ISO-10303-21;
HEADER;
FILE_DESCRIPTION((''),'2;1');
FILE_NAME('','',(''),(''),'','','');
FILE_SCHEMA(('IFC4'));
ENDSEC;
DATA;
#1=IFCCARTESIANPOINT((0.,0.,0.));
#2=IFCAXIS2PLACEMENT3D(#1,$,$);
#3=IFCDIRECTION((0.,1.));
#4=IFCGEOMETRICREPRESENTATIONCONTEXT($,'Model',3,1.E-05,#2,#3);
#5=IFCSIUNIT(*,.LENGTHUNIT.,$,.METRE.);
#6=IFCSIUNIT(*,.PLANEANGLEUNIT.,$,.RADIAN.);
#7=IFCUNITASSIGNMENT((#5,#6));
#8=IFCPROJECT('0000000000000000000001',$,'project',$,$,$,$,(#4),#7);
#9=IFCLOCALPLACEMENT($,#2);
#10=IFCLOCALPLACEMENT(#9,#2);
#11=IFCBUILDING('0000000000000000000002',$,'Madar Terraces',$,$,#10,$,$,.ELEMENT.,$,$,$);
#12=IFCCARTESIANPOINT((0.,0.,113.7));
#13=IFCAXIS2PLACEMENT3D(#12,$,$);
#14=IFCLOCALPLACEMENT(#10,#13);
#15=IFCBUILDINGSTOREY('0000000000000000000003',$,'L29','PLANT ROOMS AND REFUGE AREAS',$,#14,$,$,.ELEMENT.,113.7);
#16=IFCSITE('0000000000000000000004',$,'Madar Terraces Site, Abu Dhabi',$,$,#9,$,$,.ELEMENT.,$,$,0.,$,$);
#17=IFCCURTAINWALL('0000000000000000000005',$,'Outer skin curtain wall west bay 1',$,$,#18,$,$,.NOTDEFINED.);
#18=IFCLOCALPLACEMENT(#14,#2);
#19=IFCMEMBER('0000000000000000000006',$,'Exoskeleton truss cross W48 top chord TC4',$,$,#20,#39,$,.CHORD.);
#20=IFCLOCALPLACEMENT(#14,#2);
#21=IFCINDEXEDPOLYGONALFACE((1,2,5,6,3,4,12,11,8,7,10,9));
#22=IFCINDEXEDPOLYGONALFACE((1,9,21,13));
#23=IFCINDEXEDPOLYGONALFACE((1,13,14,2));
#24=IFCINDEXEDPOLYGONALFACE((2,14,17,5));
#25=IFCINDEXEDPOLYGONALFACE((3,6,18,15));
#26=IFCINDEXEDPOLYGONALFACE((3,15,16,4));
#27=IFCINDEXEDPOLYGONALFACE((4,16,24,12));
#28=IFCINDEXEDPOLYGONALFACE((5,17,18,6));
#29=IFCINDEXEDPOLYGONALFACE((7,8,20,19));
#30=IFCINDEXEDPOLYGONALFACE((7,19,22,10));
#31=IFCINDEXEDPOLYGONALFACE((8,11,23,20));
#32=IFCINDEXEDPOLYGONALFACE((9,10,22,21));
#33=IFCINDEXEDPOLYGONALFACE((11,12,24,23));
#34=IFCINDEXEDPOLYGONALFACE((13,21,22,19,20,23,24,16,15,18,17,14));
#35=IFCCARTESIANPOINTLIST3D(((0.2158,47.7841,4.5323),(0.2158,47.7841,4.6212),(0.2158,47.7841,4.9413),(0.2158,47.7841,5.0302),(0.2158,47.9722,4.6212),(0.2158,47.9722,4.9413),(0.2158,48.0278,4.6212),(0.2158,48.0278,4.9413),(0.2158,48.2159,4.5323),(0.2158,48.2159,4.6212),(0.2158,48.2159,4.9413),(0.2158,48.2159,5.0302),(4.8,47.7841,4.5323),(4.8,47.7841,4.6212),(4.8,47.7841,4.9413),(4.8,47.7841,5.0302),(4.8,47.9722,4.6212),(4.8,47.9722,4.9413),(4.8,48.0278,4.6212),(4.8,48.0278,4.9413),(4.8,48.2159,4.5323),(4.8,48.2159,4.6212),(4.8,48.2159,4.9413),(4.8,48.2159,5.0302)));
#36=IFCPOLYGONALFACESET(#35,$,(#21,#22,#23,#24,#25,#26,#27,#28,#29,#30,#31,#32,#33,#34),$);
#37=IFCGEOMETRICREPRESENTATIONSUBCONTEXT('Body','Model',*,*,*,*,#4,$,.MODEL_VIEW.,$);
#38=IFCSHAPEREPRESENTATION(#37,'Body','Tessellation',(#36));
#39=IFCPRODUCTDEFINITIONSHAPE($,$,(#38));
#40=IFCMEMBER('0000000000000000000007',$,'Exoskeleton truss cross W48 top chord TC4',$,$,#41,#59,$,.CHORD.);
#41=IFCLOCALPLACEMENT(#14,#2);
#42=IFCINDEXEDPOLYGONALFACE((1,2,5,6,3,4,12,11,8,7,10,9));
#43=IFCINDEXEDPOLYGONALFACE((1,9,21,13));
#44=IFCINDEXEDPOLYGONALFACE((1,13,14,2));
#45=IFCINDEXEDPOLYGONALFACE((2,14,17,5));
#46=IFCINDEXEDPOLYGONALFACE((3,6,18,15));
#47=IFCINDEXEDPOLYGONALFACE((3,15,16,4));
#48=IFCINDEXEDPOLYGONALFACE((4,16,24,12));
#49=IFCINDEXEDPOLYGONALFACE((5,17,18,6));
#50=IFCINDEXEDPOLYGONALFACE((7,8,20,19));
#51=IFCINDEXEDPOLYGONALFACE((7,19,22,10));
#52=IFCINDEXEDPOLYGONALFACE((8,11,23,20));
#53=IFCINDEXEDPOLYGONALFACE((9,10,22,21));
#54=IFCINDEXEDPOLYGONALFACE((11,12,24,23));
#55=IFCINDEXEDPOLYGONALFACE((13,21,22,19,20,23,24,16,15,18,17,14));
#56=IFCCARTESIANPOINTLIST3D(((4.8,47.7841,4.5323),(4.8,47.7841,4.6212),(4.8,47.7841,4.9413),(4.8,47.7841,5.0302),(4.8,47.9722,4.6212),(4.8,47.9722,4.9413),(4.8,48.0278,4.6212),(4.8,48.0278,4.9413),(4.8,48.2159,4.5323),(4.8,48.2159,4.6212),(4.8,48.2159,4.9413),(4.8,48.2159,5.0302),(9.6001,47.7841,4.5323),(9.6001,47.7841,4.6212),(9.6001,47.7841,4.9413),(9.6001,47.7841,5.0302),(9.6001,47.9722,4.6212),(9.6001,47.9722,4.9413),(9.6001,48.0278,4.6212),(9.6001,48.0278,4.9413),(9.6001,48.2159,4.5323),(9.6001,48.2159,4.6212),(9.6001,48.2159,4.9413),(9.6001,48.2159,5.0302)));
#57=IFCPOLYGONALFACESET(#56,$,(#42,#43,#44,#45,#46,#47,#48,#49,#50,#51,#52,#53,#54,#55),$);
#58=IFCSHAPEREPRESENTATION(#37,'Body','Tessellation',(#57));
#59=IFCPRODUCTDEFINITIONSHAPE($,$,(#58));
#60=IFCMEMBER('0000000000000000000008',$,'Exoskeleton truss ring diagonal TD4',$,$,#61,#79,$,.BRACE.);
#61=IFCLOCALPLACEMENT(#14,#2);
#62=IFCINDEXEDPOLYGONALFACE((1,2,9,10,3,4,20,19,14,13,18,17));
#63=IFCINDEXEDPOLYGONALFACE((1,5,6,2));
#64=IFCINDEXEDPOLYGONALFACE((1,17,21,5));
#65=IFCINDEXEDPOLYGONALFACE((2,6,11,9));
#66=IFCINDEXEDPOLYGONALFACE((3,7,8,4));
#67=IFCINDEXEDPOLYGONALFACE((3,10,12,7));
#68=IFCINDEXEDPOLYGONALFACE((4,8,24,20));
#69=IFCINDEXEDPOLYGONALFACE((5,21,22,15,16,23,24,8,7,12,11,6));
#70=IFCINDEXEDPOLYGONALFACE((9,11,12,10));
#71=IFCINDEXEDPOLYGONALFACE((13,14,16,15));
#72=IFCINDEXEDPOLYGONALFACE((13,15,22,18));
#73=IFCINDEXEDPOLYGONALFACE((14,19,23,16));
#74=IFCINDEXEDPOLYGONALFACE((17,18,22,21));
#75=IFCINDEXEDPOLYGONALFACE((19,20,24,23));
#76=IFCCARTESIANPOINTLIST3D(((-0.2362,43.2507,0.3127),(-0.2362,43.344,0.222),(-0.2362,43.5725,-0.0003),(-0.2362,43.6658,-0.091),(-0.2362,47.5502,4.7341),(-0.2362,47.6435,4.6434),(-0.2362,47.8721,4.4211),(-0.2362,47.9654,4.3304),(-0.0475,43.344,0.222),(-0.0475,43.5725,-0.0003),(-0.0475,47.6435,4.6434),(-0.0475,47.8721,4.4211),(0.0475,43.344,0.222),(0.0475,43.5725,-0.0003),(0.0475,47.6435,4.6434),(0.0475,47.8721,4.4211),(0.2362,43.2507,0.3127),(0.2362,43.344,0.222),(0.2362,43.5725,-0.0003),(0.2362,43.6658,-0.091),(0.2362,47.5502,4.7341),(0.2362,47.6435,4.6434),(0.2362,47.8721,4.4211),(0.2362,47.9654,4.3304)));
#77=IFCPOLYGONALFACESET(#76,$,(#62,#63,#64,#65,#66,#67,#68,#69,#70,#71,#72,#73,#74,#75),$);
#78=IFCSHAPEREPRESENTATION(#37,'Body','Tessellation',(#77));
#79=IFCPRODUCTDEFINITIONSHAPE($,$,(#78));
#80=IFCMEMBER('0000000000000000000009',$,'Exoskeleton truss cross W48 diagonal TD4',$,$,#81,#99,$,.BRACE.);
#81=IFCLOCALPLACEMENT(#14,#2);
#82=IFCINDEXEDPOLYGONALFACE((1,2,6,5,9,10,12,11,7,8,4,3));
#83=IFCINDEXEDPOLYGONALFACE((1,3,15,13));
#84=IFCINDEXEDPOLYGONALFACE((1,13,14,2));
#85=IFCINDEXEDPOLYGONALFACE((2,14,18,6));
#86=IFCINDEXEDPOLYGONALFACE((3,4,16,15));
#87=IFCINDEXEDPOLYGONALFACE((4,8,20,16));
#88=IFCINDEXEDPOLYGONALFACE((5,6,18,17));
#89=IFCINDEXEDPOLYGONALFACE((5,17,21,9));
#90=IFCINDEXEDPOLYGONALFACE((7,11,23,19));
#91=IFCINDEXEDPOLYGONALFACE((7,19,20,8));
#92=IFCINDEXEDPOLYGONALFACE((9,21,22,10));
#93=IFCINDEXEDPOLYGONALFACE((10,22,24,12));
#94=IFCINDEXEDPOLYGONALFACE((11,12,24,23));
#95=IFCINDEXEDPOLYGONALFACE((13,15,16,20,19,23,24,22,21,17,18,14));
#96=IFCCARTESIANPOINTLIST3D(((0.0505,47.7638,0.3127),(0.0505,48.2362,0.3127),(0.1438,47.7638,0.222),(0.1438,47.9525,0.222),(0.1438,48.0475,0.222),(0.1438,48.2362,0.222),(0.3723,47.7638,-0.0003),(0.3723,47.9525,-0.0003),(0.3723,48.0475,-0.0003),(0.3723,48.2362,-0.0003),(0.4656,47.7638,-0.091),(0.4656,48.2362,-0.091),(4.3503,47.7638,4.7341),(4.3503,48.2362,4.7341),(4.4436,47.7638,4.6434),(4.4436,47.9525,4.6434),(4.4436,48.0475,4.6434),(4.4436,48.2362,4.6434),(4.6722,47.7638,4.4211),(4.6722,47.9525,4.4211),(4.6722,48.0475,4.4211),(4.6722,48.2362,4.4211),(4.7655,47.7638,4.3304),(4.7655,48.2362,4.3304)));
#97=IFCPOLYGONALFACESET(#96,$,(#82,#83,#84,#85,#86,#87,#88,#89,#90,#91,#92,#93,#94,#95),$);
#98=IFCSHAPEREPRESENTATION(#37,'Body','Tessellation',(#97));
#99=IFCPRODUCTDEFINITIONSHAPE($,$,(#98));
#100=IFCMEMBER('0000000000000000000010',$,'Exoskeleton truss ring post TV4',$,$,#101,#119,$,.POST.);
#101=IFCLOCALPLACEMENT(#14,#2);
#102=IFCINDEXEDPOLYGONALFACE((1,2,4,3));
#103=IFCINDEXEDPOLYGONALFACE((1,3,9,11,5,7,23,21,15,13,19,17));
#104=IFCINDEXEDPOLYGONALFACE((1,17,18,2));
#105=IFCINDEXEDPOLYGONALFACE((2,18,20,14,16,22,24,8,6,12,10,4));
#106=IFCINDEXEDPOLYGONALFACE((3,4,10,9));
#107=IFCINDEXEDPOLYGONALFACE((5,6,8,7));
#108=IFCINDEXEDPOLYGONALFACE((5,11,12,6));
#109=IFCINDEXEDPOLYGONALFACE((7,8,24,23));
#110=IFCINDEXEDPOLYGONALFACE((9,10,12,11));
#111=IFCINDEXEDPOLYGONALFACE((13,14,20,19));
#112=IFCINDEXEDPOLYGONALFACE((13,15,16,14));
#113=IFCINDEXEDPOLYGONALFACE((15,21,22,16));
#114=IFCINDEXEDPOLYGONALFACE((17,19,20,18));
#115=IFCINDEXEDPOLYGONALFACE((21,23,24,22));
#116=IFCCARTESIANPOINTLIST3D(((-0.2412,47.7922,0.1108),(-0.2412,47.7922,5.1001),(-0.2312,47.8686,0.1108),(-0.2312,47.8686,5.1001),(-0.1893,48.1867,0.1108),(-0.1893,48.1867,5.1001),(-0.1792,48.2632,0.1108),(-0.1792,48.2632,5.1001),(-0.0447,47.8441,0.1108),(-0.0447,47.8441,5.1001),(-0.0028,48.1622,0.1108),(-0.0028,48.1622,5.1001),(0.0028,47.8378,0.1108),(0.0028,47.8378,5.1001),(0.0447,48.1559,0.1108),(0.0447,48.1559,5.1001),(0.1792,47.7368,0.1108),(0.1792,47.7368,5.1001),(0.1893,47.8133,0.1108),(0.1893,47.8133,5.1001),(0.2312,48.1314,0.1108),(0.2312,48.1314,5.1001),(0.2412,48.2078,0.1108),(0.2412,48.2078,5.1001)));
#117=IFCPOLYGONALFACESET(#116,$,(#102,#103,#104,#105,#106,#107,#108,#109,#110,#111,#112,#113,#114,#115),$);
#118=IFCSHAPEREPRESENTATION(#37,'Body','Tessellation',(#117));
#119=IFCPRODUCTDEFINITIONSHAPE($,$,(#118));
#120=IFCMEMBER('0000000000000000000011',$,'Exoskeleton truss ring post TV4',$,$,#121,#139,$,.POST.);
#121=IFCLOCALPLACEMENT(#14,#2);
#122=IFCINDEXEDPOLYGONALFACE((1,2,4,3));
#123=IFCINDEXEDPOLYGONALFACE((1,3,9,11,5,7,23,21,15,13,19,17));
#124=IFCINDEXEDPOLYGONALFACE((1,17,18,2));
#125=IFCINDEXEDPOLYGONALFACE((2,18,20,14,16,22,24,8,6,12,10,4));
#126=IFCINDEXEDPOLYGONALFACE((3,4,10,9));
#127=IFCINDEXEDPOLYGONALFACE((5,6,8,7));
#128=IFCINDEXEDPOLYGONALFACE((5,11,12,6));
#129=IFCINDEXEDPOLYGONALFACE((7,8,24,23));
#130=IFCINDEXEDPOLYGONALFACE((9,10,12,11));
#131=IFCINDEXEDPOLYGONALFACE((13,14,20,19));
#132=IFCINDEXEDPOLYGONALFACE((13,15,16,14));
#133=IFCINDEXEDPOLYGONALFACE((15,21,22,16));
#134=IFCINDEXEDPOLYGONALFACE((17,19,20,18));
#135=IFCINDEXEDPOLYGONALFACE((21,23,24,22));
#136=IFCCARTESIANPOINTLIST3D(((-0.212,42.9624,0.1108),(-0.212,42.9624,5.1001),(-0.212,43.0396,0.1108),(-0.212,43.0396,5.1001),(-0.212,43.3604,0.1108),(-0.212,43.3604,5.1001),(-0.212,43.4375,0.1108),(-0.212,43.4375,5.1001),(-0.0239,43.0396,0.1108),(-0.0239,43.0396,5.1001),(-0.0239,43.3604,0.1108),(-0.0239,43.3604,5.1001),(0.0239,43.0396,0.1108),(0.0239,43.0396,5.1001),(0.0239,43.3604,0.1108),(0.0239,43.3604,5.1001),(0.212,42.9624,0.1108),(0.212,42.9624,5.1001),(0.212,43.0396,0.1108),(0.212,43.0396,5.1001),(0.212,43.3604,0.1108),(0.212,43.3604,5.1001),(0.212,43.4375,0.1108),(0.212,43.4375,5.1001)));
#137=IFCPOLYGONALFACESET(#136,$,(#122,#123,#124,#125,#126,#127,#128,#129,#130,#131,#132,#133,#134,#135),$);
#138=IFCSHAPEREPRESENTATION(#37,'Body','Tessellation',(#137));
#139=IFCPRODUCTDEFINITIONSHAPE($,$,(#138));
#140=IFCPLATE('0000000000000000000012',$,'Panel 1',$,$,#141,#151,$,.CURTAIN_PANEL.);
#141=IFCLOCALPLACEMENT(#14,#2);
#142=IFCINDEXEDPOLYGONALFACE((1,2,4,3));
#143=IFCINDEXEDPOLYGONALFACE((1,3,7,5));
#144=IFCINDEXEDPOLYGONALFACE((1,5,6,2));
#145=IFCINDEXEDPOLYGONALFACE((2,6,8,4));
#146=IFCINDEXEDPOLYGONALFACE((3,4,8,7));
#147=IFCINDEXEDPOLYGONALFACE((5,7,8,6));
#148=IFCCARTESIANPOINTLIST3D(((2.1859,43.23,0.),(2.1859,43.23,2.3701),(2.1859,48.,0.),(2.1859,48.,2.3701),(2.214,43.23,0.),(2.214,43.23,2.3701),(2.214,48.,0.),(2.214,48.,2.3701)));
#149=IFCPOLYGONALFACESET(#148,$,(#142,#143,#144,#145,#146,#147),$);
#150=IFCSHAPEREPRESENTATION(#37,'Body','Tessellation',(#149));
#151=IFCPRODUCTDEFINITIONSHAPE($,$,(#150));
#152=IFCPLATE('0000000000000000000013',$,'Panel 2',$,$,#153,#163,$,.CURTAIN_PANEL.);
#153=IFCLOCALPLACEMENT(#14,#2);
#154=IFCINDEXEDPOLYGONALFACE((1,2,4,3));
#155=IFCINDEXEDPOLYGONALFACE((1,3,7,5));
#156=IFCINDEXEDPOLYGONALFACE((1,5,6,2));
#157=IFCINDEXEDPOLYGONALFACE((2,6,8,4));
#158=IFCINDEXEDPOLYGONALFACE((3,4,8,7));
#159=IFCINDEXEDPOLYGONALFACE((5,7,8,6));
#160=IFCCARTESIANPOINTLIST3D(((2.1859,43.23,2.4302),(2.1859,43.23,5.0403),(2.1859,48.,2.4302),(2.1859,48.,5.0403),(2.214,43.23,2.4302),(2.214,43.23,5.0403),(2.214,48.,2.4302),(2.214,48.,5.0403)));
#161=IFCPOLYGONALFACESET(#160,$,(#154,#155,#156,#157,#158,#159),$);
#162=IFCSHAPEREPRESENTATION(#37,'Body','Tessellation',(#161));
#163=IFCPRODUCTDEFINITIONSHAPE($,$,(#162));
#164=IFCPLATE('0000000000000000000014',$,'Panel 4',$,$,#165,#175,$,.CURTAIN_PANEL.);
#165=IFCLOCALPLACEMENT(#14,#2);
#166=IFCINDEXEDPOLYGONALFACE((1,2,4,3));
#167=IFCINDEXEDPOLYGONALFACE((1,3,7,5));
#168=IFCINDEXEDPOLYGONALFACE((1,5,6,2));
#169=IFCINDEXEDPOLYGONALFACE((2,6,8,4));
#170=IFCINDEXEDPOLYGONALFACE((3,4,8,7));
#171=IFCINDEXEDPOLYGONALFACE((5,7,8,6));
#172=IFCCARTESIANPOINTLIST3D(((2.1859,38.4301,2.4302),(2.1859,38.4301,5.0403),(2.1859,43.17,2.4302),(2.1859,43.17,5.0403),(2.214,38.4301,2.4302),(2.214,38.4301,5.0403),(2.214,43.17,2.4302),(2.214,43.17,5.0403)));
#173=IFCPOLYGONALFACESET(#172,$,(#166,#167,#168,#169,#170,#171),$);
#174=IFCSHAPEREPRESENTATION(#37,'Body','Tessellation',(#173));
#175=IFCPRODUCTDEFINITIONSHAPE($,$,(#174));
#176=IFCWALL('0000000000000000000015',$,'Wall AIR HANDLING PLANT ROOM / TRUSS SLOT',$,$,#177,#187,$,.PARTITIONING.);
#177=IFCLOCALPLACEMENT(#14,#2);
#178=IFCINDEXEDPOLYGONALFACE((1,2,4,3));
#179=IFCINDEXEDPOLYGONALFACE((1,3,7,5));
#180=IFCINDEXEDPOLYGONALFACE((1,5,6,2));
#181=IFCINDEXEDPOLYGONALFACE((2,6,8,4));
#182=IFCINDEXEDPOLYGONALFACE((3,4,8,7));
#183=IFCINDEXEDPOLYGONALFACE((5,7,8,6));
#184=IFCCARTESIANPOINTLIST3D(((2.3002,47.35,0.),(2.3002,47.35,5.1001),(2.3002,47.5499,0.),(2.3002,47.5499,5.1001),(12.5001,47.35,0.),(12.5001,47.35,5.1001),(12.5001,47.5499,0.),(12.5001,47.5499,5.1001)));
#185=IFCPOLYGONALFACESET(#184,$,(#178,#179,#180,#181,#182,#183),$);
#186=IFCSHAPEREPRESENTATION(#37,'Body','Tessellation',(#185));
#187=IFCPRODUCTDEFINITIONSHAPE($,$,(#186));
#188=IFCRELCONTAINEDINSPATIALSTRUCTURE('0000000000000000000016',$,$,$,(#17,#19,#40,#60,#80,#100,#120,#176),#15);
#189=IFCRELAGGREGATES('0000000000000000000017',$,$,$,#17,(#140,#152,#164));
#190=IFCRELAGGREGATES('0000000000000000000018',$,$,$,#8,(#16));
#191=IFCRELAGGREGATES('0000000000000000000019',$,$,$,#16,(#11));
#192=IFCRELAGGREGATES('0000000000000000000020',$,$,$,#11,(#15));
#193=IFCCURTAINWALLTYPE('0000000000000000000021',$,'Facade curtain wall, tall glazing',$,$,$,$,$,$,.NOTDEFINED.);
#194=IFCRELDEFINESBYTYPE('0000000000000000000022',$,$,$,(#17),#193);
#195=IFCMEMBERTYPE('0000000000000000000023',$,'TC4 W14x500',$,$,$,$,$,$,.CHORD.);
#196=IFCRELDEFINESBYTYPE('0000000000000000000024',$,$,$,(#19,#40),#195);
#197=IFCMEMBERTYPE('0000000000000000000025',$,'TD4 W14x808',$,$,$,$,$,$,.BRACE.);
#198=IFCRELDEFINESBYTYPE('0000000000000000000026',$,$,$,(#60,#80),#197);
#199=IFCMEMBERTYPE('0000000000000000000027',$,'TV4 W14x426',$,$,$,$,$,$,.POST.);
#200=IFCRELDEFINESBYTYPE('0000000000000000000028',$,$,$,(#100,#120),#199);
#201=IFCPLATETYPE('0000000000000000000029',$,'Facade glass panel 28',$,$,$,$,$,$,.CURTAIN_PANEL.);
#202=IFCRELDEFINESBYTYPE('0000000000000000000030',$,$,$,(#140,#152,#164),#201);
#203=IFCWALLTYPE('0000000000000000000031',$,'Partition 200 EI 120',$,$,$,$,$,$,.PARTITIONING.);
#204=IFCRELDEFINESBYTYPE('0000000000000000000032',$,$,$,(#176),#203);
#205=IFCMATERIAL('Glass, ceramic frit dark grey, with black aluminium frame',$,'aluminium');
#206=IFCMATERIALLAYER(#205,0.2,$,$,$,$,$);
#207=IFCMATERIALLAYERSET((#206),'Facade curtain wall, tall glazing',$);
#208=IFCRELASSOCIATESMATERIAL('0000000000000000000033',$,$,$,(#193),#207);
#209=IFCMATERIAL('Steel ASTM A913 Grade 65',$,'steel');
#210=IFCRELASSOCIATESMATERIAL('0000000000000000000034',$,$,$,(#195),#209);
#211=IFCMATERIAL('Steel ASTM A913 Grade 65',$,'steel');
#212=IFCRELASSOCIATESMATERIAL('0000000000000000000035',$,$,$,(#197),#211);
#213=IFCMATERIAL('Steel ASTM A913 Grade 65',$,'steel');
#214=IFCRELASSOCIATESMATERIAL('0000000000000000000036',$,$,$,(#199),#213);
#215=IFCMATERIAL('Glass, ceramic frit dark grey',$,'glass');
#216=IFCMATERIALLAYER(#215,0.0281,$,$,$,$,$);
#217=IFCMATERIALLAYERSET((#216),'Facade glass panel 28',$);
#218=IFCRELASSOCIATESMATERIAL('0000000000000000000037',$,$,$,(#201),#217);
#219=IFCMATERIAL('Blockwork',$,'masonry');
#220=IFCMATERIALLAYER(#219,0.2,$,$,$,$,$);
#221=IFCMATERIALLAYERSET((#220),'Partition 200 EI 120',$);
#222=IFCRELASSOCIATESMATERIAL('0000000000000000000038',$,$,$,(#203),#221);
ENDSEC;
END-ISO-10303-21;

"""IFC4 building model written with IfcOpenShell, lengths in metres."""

from ifc_helpers import new_model, si_unit, direction, frame, frame_2d, origin, origin_2d, place, context, subcontext, project, spatial, rectangle, i_section, extrude, material, layer, layer_set, material_profile, profile_set, type_object, element, aggregate, save


model = new_model("IFC4")

# Units and contexts
model_context = context("Model", 3, precision=1e-05, world=origin(), true_north=direction((0.0, 1.0)))
body_context = subcontext(model_context, "Body", "Model", "MODEL_VIEW")
ifc_project = project(units=[si_unit("LENGTHUNIT", "METRE"), si_unit("PLANEANGLEUNIT", "RADIAN")], contexts=[model_context])

# Site, building, storey
site_placement = place(None, origin())
site = spatial("IfcSite", under=ifc_project, at=site_placement, Name="Madar Terraces Site, Abu Dhabi", CompositionType="ELEMENT", RefElevation=0.0)
building_placement = place(site_placement, origin())
building = spatial("IfcBuilding", under=site, at=building_placement, Name="Madar Terraces", CompositionType="ELEMENT")
storey_placement = place(building_placement, frame((0.0, 0.0, 113.7)))
storey = spatial("IfcBuildingStorey", under=building, at=storey_placement, Name="L29", Description="PLANT ROOMS AND REFUGE AREAS", CompositionType="ELEMENT", Elevation=113.7)

# Curtain wall
ifc_material_1 = material(Name="Glass, ceramic frit dark grey, with black aluminium frame", Category="aluminium")
ifc_layer_1 = layer(ifc_material_1, 0.2)
ifc_layer_set_1 = layer_set([ifc_layer_1], Name="Facade curtain wall, tall glazing")
curtain_wall_type = type_object("IfcCurtainWallType", Name="Facade curtain wall, tall glazing", PredefinedType="NOTDEFINED", material=ifc_layer_set_1)
curtain_wall_placement = place(storey_placement, origin())
curtain_wall = element("IfcCurtainWall", 1, at=curtain_wall_placement, inside=storey, type_object=curtain_wall_type, Name="Outer skin curtain wall west bay 1", PredefinedType="NOTDEFINED")

# Members
ifc_material_2 = material(Name="Steel ASTM A913 Grade 65", Category="steel")
ifc_material_profile_1 = material_profile(ifc_material_2, i_section(OverallWidth=0.4319, OverallDepth=0.4978, WebThickness=0.0557, FlangeThickness=0.0889, at=origin_2d()), Name="W14x500")
ifc_profile_set_1 = profile_set([ifc_material_profile_1], Name="Steel ASTM A913 Grade 65")
member_type_1 = type_object("IfcMemberType", Name="TC4 W14x500", PredefinedType="CHORD", material=ifc_profile_set_1)
member_1_placement = place(storey_placement, frame((0.2158, 48.0, 4.7812), z_axis=(1.0, 0.0, 0.0), x_axis=(0.0, 1.0, 0.0)))
element("IfcMember", 2, at=member_1_placement, inside=storey, type_object=member_type_1, Name="Exoskeleton truss cross W48 top chord TC4", PredefinedType="CHORD", context=body_context, shape_type="SweptSolid", body=[
    extrude(i_section(OverallWidth=0.4319, OverallDepth=0.4978, WebThickness=0.0557, FlangeThickness=0.0889, at=origin_2d()), origin(), (0.0, 0.0, 1.0), 4.5842),
])
member_2_placement = place(storey_placement, frame((4.8, 48.0, 4.7812), z_axis=(1.0, 0.0, 0.0), x_axis=(0.0, 1.0, 0.0)))
element("IfcMember", 3, at=member_2_placement, inside=storey, type_object=member_type_1, Name="Exoskeleton truss cross W48 top chord TC4", PredefinedType="CHORD", context=body_context, shape_type="SweptSolid", body=[
    extrude(i_section(OverallWidth=0.4319, OverallDepth=0.4978, WebThickness=0.0557, FlangeThickness=0.0889, at=origin_2d()), origin(), (0.0, 0.0, 1.0), 4.8),
])
ifc_material_3 = material(Name="Steel ASTM A913 Grade 65", Category="steel")
ifc_material_profile_2 = material_profile(ifc_material_3, i_section(OverallWidth=0.4724, OverallDepth=0.5791, WebThickness=0.095, FlangeThickness=0.1301, at=origin_2d()), Name="W14x808")
ifc_profile_set_2 = profile_set([ifc_material_profile_2], Name="Steel ASTM A913 Grade 65")
member_type_2 = type_object("IfcMemberType", Name="TD4 W14x808", PredefinedType="BRACE", material=ifc_profile_set_2)
member_3_placement = place(storey_placement, frame((0.0, 47.7578, 4.5322), z_axis=(0.0, -0.697161, -0.716915), x_axis=(1.0, 0.0, 0.0)))
element("IfcMember", 4, at=member_3_placement, inside=storey, type_object=member_type_2, Name="Exoskeleton truss ring diagonal TD4", PredefinedType="BRACE", context=body_context, shape_type="SweptSolid", body=[
    extrude(i_section(OverallWidth=0.4724, OverallDepth=0.5791, WebThickness=0.095, FlangeThickness=0.1301, at=origin_2d()), origin(), (0.0, 0.0, 1.0), 6.1672),
])
member_4_placement = place(storey_placement, frame((0.2581, 48.0, 0.1108), z_axis=(0.697181, 0.0, 0.716895), x_axis=(0.0, 1.0, 0.0)))
element("IfcMember", 5, at=member_4_placement, inside=storey, type_object=member_type_2, Name="Exoskeleton truss cross W48 diagonal TD4", PredefinedType="BRACE", context=body_context, shape_type="SweptSolid", body=[
    extrude(i_section(OverallWidth=0.4724, OverallDepth=0.5791, WebThickness=0.095, FlangeThickness=0.1301, at=origin_2d()), origin(), (0.0, 0.0, 1.0), 6.1675),
])
ifc_material_4 = material(Name="Steel ASTM A913 Grade 65", Category="steel")
ifc_material_profile_3 = material_profile(ifc_material_4, i_section(OverallWidth=0.4241, OverallDepth=0.4751, WebThickness=0.0479, FlangeThickness=0.0771, at=origin_2d()), Name="W14x426")
ifc_profile_set_3 = profile_set([ifc_material_profile_3], Name="Steel ASTM A913 Grade 65")
member_type_3 = type_object("IfcMemberType", Name="TV4 W14x426", PredefinedType="POST", material=ifc_profile_set_3)
for number, where, z_axis, x_axis, name in (
    (6, (0.0, 48.0, 0.1108), (0.0, 0.0, 1.0), (0.991445, -0.130526, 0.0), "Exoskeleton truss ring post TV4"),
    (7, (0.0, 43.2, 0.1108), (0.0, 0.0, 1.0), (1.0, 0.0, 0.0), "Exoskeleton truss ring post TV4"),
):
    element("IfcMember", number, at=place(storey_placement, frame(where, z_axis=z_axis, x_axis=x_axis)), inside=storey, type_object=member_type_3, Name=name, PredefinedType="POST", context=body_context, shape_type="SweptSolid", body=[
        extrude(i_section(OverallWidth=0.4241, OverallDepth=0.4751, WebThickness=0.0479, FlangeThickness=0.0771, at=origin_2d()), origin(), (0.0, 0.0, 1.0), 4.9893),
    ])

# Plates
ifc_material_5 = material(Name="Glass, ceramic frit dark grey", Category="glass")
ifc_layer_2 = layer(ifc_material_5, 0.0281)
ifc_layer_set_2 = layer_set([ifc_layer_2], Name="Facade glass panel 28")
plate_type = type_object("IfcPlateType", Name="Facade glass panel 28", PredefinedType="CURTAIN_PANEL", material=ifc_layer_set_2)
plate_1_placement = place(storey_placement, frame((2.2, 45.615, 0.0), z_axis=(0.0, 0.0, 1.0), x_axis=(0.0, -1.0, 0.0)))
plate_1 = element("IfcPlate", 8, at=plate_1_placement, type_object=plate_type, Name="Panel 1", PredefinedType="CURTAIN_PANEL", context=body_context, shape_type="SweptSolid", body=[
    extrude(rectangle(XDim=4.77, YDim=0.0281, at=origin_2d()), origin(), (0.0, 0.0, 1.0), 2.3701),
])
plate_2_placement = place(storey_placement, frame((2.2, 45.615, 2.4302), z_axis=(0.0, 0.0, 1.0), x_axis=(0.0, -1.0, 0.0)))
plate_2 = element("IfcPlate", 9, at=plate_2_placement, type_object=plate_type, Name="Panel 2", PredefinedType="CURTAIN_PANEL", context=body_context, shape_type="SweptSolid", body=[
    extrude(rectangle(XDim=4.77, YDim=0.0281, at=origin_2d()), origin(), (0.0, 0.0, 1.0), 2.6101),
])
plate_3_placement = place(storey_placement, frame((2.2, 40.8, 2.4302), z_axis=(0.0, 0.0, 1.0), x_axis=(0.0, -1.0, 0.0)))
plate_3 = element("IfcPlate", 10, at=plate_3_placement, type_object=plate_type, Name="Panel 4", PredefinedType="CURTAIN_PANEL", context=body_context, shape_type="SweptSolid", body=[
    extrude(rectangle(XDim=4.74, YDim=0.0281, at=origin_2d()), origin(), (0.0, 0.0, 1.0), 2.6101),
])
aggregate(curtain_wall, [plate_1, plate_2, plate_3])

# Wall
ifc_material_6 = material(Name="Blockwork", Category="masonry")
ifc_layer_3 = layer(ifc_material_6, 0.2)
ifc_layer_set_3 = layer_set([ifc_layer_3], Name="Partition 200 EI 120")
wall_type = type_object("IfcWallType", Name="Partition 200 EI 120", PredefinedType="PARTITIONING", material=ifc_layer_set_3)
wall_1_placement = place(storey_placement, frame((2.3, 47.45, 0.0), z_axis=(0.0, 0.0, 1.0), x_axis=(1.0, 0.0, 0.0)))
element("IfcWall", 11, at=wall_1_placement, inside=storey, type_object=wall_type, Name="Wall AIR HANDLING PLANT ROOM / TRUSS SLOT", PredefinedType="PARTITIONING", context=body_context, shape_type="SweptSolid", body=[
    extrude(rectangle(XDim=10.2, YDim=0.2, at=frame_2d((5.1001, 0.0))), origin(), (0.0, 0.0, 1.0), 5.1001),
])

save(model, "model.ifc")
